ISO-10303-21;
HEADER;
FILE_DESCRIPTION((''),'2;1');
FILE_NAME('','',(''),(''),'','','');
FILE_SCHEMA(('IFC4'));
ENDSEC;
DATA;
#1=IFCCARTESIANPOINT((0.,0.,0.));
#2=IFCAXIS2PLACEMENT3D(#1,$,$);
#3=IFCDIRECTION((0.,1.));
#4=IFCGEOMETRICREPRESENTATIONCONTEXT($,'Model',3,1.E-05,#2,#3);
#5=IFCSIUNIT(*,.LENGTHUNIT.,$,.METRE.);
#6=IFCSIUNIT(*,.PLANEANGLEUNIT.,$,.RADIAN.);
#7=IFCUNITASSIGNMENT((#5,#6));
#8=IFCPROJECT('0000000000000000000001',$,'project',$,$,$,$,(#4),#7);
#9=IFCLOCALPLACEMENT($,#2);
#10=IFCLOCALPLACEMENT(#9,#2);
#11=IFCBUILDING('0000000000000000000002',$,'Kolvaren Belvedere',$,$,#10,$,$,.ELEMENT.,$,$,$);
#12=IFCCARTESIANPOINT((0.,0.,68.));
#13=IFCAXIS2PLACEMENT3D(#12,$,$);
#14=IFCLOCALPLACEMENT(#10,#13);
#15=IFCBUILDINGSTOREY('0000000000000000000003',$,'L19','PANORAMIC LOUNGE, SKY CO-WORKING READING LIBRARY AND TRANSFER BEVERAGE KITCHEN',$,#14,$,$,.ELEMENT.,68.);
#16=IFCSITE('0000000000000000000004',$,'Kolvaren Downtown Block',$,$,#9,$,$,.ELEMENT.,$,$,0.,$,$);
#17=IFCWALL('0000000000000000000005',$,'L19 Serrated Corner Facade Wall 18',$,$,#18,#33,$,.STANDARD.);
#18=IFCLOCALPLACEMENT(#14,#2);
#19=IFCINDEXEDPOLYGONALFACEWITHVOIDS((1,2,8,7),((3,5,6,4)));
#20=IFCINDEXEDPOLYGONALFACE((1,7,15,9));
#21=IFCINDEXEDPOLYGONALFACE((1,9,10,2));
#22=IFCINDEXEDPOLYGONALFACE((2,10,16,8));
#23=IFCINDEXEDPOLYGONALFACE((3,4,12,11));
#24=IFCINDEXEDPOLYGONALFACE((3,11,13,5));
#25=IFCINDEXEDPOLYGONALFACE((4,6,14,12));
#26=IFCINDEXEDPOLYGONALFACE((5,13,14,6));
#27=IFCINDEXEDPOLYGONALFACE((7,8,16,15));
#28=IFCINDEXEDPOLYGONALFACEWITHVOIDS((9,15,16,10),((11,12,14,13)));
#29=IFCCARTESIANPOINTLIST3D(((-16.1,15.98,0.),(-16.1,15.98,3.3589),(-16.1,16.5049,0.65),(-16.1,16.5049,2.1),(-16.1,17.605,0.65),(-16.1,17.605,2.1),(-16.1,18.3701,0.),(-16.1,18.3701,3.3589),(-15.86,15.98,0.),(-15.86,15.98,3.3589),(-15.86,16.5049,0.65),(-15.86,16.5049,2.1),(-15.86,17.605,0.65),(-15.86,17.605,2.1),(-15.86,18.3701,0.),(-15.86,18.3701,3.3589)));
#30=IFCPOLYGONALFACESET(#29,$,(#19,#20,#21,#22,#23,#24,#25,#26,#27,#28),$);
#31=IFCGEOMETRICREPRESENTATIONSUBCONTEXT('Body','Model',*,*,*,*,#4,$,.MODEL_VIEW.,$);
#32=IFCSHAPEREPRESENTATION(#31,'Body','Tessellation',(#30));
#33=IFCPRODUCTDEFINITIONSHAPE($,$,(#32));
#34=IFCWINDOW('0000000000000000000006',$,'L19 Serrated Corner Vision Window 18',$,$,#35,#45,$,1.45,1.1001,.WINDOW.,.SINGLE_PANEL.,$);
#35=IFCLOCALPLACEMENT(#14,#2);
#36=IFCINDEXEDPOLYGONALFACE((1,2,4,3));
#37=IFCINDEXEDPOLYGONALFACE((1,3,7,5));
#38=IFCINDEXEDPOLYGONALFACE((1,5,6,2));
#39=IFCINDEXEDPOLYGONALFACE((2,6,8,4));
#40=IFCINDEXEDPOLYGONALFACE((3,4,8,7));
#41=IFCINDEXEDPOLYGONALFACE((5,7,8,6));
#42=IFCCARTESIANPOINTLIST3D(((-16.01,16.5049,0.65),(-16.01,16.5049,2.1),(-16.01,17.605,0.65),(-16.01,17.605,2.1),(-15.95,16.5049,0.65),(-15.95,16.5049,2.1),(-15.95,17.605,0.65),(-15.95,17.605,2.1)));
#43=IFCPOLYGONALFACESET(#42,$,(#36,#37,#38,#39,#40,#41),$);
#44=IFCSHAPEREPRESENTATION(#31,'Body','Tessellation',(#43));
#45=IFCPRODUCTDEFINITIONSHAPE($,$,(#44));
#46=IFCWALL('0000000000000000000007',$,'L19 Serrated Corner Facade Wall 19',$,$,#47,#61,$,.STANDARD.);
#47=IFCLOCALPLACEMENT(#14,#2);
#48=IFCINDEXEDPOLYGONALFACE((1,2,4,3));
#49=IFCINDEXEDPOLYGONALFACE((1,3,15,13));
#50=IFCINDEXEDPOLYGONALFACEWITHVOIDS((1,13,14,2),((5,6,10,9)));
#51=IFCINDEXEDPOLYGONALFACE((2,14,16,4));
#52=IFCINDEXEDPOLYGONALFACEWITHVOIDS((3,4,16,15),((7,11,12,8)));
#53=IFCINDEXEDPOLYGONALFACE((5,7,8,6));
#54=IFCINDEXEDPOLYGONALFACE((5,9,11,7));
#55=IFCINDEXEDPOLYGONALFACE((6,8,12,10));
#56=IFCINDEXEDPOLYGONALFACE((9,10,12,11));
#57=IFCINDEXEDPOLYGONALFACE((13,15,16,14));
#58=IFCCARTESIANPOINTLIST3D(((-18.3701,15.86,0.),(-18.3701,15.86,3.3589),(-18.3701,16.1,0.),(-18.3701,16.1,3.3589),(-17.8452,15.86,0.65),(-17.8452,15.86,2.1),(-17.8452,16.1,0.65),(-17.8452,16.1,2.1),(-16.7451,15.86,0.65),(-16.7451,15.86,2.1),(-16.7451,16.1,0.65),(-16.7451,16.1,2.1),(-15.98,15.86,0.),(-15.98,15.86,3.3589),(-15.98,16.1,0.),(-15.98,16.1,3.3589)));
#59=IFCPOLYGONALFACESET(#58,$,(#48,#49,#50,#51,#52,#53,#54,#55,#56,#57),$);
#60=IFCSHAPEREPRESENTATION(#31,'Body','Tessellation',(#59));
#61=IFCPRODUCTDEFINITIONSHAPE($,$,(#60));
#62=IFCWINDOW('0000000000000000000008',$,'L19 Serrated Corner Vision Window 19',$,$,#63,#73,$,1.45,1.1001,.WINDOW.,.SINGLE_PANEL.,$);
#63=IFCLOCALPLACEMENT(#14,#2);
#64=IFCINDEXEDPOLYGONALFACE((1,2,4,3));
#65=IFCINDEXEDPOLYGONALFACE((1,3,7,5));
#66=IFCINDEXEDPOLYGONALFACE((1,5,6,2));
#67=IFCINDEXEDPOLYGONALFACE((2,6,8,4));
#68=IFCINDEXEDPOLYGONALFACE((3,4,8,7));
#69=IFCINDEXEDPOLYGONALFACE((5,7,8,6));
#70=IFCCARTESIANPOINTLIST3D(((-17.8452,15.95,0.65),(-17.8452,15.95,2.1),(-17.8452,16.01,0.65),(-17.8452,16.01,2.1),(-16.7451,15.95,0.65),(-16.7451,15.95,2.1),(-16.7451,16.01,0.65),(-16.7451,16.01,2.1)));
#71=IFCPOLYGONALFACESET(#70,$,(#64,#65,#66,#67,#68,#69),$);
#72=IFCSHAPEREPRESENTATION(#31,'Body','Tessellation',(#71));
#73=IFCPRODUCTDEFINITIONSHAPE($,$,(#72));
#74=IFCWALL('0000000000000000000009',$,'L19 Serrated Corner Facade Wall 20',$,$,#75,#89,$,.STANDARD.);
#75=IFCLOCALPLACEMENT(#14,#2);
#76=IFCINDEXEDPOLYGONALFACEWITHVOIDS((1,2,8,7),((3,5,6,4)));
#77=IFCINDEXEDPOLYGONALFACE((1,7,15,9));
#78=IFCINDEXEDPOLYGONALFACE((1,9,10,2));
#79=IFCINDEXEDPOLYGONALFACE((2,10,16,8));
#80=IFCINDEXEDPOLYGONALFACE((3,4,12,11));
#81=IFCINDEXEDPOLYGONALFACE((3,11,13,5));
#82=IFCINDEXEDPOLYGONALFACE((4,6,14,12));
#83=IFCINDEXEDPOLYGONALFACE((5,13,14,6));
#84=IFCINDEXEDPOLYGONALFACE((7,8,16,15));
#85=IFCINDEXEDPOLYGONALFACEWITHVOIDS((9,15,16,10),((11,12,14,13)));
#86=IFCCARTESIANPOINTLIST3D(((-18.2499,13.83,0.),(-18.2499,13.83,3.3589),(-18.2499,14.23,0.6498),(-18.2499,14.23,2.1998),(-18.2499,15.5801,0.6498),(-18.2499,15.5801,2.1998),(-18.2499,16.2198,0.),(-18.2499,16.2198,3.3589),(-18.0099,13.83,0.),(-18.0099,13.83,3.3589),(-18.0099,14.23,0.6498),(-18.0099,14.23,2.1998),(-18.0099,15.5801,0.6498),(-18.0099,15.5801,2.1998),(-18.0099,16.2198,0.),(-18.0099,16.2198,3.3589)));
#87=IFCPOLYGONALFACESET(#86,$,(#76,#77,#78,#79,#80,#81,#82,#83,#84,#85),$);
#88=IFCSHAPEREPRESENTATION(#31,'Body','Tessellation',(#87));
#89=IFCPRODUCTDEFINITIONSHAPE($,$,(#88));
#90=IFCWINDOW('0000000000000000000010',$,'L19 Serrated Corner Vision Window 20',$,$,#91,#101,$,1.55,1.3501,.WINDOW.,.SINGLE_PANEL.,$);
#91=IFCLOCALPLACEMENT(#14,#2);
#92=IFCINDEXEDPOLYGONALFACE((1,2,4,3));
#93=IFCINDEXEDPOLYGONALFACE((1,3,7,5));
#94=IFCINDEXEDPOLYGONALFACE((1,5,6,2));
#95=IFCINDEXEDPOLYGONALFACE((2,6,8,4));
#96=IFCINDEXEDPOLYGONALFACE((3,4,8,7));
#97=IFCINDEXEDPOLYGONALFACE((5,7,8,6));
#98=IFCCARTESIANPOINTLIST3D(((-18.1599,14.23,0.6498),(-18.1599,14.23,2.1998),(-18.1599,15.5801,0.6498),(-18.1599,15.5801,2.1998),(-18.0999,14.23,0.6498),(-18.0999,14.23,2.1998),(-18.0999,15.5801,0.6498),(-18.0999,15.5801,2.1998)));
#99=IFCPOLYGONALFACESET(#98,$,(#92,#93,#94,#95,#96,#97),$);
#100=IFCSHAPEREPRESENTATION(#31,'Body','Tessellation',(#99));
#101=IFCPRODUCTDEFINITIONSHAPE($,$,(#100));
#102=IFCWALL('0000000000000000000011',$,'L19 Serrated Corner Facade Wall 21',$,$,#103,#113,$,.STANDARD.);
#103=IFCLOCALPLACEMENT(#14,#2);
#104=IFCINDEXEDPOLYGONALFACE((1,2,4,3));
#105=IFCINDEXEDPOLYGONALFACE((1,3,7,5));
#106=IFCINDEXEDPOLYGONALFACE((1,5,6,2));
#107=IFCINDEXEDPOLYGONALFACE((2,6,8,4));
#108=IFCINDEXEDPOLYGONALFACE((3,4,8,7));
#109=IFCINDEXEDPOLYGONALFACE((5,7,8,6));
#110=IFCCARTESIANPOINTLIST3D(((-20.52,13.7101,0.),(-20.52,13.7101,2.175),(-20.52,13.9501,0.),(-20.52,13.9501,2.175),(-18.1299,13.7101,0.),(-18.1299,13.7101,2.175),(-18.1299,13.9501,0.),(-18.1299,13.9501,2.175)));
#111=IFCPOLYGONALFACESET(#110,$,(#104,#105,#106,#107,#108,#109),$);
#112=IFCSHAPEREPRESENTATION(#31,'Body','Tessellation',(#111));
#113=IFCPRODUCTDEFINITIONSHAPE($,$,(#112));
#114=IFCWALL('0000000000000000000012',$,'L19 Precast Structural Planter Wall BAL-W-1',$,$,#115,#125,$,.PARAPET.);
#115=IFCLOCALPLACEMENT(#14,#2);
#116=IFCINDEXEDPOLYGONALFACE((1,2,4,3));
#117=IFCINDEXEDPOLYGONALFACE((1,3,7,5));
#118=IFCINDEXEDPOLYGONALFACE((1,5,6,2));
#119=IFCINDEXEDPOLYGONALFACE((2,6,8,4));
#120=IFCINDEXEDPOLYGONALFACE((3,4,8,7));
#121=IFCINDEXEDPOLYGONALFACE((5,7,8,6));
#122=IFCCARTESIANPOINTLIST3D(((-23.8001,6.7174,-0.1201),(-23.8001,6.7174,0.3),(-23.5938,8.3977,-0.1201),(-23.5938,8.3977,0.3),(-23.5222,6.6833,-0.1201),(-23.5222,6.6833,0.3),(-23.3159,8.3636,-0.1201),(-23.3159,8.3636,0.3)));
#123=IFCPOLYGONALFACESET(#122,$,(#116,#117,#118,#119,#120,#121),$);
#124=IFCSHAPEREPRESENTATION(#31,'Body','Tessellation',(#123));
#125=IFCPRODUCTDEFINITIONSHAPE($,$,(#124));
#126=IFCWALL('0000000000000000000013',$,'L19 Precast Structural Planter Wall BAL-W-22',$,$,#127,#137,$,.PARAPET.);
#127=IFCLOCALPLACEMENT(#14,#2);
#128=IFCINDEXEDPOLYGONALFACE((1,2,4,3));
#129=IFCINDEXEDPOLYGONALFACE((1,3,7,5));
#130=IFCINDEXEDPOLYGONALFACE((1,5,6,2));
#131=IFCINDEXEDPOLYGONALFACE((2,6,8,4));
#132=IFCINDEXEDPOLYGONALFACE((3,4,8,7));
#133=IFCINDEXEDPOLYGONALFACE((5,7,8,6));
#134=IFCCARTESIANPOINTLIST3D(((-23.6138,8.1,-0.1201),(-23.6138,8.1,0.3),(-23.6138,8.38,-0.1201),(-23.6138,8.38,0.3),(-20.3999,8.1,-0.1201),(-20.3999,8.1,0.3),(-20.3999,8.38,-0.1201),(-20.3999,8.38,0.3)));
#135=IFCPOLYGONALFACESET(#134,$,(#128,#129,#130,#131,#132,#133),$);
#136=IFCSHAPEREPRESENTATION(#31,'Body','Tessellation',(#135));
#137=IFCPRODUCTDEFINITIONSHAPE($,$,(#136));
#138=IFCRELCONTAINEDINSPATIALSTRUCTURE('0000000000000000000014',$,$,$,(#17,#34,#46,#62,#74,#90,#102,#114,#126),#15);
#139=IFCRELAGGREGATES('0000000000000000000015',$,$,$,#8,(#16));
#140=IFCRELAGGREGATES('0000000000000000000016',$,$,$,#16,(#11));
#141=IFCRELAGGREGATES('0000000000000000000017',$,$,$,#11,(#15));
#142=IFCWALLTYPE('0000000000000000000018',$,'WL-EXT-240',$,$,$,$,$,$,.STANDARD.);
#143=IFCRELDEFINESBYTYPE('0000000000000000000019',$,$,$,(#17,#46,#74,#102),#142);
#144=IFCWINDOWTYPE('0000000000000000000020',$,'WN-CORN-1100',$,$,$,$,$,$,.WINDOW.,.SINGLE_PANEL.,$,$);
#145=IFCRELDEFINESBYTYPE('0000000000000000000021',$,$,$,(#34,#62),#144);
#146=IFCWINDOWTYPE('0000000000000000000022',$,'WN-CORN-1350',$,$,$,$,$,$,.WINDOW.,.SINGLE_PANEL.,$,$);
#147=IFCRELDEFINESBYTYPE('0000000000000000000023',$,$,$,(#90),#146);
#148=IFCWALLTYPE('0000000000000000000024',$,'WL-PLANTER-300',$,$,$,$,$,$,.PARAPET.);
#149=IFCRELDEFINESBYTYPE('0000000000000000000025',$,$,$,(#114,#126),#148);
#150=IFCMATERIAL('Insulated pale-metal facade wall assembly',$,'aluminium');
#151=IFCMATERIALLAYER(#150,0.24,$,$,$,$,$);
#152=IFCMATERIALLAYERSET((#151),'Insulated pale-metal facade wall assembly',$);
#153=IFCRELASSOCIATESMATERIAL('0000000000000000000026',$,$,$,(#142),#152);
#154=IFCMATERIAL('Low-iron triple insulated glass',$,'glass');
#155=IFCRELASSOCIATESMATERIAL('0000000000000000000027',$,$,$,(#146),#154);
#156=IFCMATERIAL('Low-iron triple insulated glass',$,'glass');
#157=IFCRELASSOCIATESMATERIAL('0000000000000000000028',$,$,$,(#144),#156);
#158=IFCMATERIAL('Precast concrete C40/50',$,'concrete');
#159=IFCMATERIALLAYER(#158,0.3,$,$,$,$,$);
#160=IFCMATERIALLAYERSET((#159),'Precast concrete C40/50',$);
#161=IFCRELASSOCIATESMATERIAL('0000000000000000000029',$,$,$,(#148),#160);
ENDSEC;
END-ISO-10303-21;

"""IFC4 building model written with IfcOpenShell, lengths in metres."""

from ifc_helpers import new_model, si_unit, direction, frame, frame_2d, origin, place, context, subcontext, project, spatial, rectangle, extrude, material, layer, layer_set, type_object, element, fill, save


model = new_model("IFC4")

# Units and contexts
model_context = context("Model", 3, precision=1e-05, world=origin(), true_north=direction((0.0, 1.0)))
body_context = subcontext(model_context, "Body", "Model", "MODEL_VIEW")
ifc_project = project(units=[si_unit("LENGTHUNIT", "METRE"), si_unit("PLANEANGLEUNIT", "RADIAN")], contexts=[model_context])

# Site, building, storey
site_placement = place(None, origin())
site = spatial("IfcSite", under=ifc_project, at=site_placement, Name="Kolvaren Downtown Block", CompositionType="ELEMENT", RefElevation=0.0)
building_placement = place(site_placement, origin())
building = spatial("IfcBuilding", under=site, at=building_placement, Name="Kolvaren Belvedere", CompositionType="ELEMENT")
storey_placement = place(building_placement, frame((0.0, 0.0, 68.0)))
storey = spatial("IfcBuildingStorey", under=building, at=storey_placement, Name="L19", Description="PANORAMIC LOUNGE, SKY CO-WORKING READING LIBRARY AND TRANSFER BEVERAGE KITCHEN", CompositionType="ELEMENT", Elevation=68.0)

# Shared definitions
ifc_material_1 = material(Name="Insulated pale-metal facade wall assembly", Category="aluminium")
ifc_layer_1 = layer(ifc_material_1, 0.24)
ifc_layer_set_1 = layer_set([ifc_layer_1], Name="Insulated pale-metal facade wall assembly")
wall_type_1 = type_object("IfcWallType", Name="WL-EXT-240", PredefinedType="STANDARD", material=ifc_layer_set_1)

# Walls, openings, windows
ifc_material_2 = material(Name="Low-iron triple insulated glass", Category="glass")
window_type_1 = type_object("IfcWindowType", Name="WN-CORN-1350", PartitioningType="SINGLE_PANEL", PredefinedType="WINDOW", material=ifc_material_2)
wall_1_placement = place(storey_placement, frame((-15.98, 15.98, 0.0), z_axis=(0.0, 0.0, 1.0), x_axis=(0.0, 1.0, 0.0)))
wall_1 = element("IfcWall", 1, at=wall_1_placement, inside=storey, type_object=wall_type_1, Name="L19 Serrated Corner Facade Wall 18", PredefinedType="STANDARD", context=body_context, shape_type="SweptSolid", body=[
    extrude(rectangle(XDim=2.3901, YDim=0.24, at=frame_2d((1.1951, 0.0))), origin(), (0.0, 0.0, 1.0), 3.3589),
])
opening_1_placement = place(wall_1_placement, frame((0.5249, 0.0, 0.6499)))
opening_1 = element("IfcOpeningElement", 2, at=opening_1_placement, cuts=wall_1, PredefinedType="OPENING", context=body_context, shape_type="SweptSolid", body=[
    extrude(rectangle(XDim=1.1001, YDim=1.45, at=frame_2d((0.55, 0.7251))), frame((0.0, 0.1299, 0.0), z_axis=(0.0, -1.0, 0.0), x_axis=(1.0, 0.0, 0.0)), (0.0, 0.0, 1.0), 0.26),
])
ifc_material_3 = material(Name="Low-iron triple insulated glass", Category="glass")
window_type_2 = type_object("IfcWindowType", Name="WN-CORN-1100", PartitioningType="SINGLE_PANEL", PredefinedType="WINDOW", material=ifc_material_3)
window_1_placement = place(opening_1_placement, origin())
window_1 = element("IfcWindow", 3, at=window_1_placement, inside=storey, type_object=window_type_2, Name="L19 Serrated Corner Vision Window 18", OverallHeight=1.45, OverallWidth=1.1001, PartitioningType="SINGLE_PANEL", PredefinedType="WINDOW", context=body_context, shape_type="SweptSolid", body=[
    extrude(rectangle(XDim=1.1001, YDim=1.45, at=frame_2d((0.55, 0.7251))), frame((0.0, 0.03, 0.0), z_axis=(0.0, -1.0, 0.0), x_axis=(1.0, 0.0, 0.0)), (0.0, 0.0, 1.0), 0.0601),
])
fill(opening_1, window_1)
wall_2_placement = place(storey_placement, frame((-18.3701, 15.98, 0.0), z_axis=(0.0, 0.0, 1.0), x_axis=(1.0, 0.0, 0.0)))
wall_2 = element("IfcWall", 4, at=wall_2_placement, inside=storey, type_object=wall_type_1, Name="L19 Serrated Corner Facade Wall 19", PredefinedType="STANDARD", context=body_context, shape_type="SweptSolid", body=[
    extrude(rectangle(XDim=2.3901, YDim=0.24, at=frame_2d((1.1951, 0.0))), origin(), (0.0, 0.0, 1.0), 3.3589),
])
opening_2_placement = place(wall_2_placement, frame((0.5249, 0.0, 0.6499)))
opening_2 = element("IfcOpeningElement", 5, at=opening_2_placement, cuts=wall_2, PredefinedType="OPENING", context=body_context, shape_type="SweptSolid", body=[
    extrude(rectangle(XDim=1.1001, YDim=1.45, at=frame_2d((0.55, 0.7251))), frame((0.0, 0.1299, 0.0), z_axis=(0.0, -1.0, 0.0), x_axis=(1.0, 0.0, 0.0)), (0.0, 0.0, 1.0), 0.26),
])
window_2_placement = place(opening_2_placement, origin())
window_2 = element("IfcWindow", 6, at=window_2_placement, inside=storey, type_object=window_type_2, Name="L19 Serrated Corner Vision Window 19", OverallHeight=1.45, OverallWidth=1.1001, PartitioningType="SINGLE_PANEL", PredefinedType="WINDOW", context=body_context, shape_type="SweptSolid", body=[
    extrude(rectangle(XDim=1.1001, YDim=1.45, at=frame_2d((0.55, 0.7251))), frame((0.0, 0.03, 0.0), z_axis=(0.0, -1.0, 0.0), x_axis=(1.0, 0.0, 0.0)), (0.0, 0.0, 1.0), 0.0601),
])
fill(opening_2, window_2)
wall_3_placement = place(storey_placement, frame((-18.1299, 13.8301, 0.0), z_axis=(0.0, 0.0, 1.0), x_axis=(0.0, 1.0, 0.0)))
wall_3 = element("IfcWall", 7, at=wall_3_placement, inside=storey, type_object=wall_type_1, Name="L19 Serrated Corner Facade Wall 20", PredefinedType="STANDARD", context=body_context, shape_type="SweptSolid", body=[
    extrude(rectangle(XDim=2.3899, YDim=0.24, at=frame_2d((1.1948, 0.0))), origin(), (0.0, 0.0, 1.0), 3.3589),
])
opening_3_placement = place(wall_3_placement, frame((0.3999, 0.0, 0.6499)))
opening_3 = element("IfcOpeningElement", 8, at=opening_3_placement, cuts=wall_3, PredefinedType="OPENING", context=body_context, shape_type="SweptSolid", body=[
    extrude(rectangle(XDim=1.3501, YDim=1.55, at=frame_2d((0.675, 0.7749))), frame((0.0, 0.1299, 0.0), z_axis=(0.0, -1.0, 0.0), x_axis=(1.0, 0.0, 0.0)), (0.0, 0.0, 1.0), 0.26),
])
window_3_placement = place(opening_3_placement, origin())
window_3 = element("IfcWindow", 9, at=window_3_placement, inside=storey, type_object=window_type_1, Name="L19 Serrated Corner Vision Window 20", OverallHeight=1.55, OverallWidth=1.3501, PartitioningType="SINGLE_PANEL", PredefinedType="WINDOW", context=body_context, shape_type="SweptSolid", body=[
    extrude(rectangle(XDim=1.3501, YDim=1.55, at=frame_2d((0.675, 0.7749))), frame((0.0, 0.03, 0.0), z_axis=(0.0, -1.0, 0.0), x_axis=(1.0, 0.0, 0.0)), (0.0, 0.0, 1.0), 0.0601),
])
fill(opening_3, window_3)

# Walls
wall_4_placement = place(storey_placement, frame((-20.52, 13.8301, 0.0), z_axis=(0.0, 0.0, 1.0), x_axis=(1.0, 0.0, 0.0)))
element("IfcWall", 10, at=wall_4_placement, inside=storey, type_object=wall_type_1, Name="L19 Serrated Corner Facade Wall 21", PredefinedType="STANDARD", context=body_context, shape_type="SweptSolid", body=[
    extrude(rectangle(XDim=2.3901, YDim=0.24, at=frame_2d((1.1951, 0.0))), origin(), (0.0, 0.0, 1.0), 2.175),
])
ifc_material_4 = material(Name="Precast concrete C40/50", Category="concrete")
ifc_layer_2 = layer(ifc_material_4, 0.3)
ifc_layer_set_2 = layer_set([ifc_layer_2], Name="Precast concrete C40/50")
wall_type_2 = type_object("IfcWallType", Name="WL-PLANTER-300", PredefinedType="PARAPET", material=ifc_layer_set_2)
wall_5_placement = place(storey_placement, frame((-23.4548, 8.3806, -0.1201), z_axis=(0.0, 0.0, 1.0), x_axis=(-0.121869, -0.992546, 0.0)))
element("IfcWall", 11, at=wall_5_placement, inside=storey, type_object=wall_type_2, Name="L19 Precast Structural Planter Wall BAL-W-1", PredefinedType="PARAPET", context=body_context, shape_type="SweptSolid", body=[
    extrude(rectangle(XDim=1.6929, YDim=0.28, at=frame_2d((0.8464, 0.0))), origin(), (0.0, 0.0, 1.0), 0.4202),
])
wall_6_placement = place(storey_placement, frame((-20.3999, 8.24, -0.1201), z_axis=(0.0, 0.0, 1.0), x_axis=(-1.0, 0.0, 0.0)))
element("IfcWall", 12, at=wall_6_placement, inside=storey, type_object=wall_type_2, Name="L19 Precast Structural Planter Wall BAL-W-22", PredefinedType="PARAPET", context=body_context, shape_type="SweptSolid", body=[
    extrude(rectangle(XDim=3.2139, YDim=0.28, at=frame_2d((1.6069, 0.0))), origin(), (0.0, 0.0, 1.0), 0.4202),
])

save(model, "model.ifc")
